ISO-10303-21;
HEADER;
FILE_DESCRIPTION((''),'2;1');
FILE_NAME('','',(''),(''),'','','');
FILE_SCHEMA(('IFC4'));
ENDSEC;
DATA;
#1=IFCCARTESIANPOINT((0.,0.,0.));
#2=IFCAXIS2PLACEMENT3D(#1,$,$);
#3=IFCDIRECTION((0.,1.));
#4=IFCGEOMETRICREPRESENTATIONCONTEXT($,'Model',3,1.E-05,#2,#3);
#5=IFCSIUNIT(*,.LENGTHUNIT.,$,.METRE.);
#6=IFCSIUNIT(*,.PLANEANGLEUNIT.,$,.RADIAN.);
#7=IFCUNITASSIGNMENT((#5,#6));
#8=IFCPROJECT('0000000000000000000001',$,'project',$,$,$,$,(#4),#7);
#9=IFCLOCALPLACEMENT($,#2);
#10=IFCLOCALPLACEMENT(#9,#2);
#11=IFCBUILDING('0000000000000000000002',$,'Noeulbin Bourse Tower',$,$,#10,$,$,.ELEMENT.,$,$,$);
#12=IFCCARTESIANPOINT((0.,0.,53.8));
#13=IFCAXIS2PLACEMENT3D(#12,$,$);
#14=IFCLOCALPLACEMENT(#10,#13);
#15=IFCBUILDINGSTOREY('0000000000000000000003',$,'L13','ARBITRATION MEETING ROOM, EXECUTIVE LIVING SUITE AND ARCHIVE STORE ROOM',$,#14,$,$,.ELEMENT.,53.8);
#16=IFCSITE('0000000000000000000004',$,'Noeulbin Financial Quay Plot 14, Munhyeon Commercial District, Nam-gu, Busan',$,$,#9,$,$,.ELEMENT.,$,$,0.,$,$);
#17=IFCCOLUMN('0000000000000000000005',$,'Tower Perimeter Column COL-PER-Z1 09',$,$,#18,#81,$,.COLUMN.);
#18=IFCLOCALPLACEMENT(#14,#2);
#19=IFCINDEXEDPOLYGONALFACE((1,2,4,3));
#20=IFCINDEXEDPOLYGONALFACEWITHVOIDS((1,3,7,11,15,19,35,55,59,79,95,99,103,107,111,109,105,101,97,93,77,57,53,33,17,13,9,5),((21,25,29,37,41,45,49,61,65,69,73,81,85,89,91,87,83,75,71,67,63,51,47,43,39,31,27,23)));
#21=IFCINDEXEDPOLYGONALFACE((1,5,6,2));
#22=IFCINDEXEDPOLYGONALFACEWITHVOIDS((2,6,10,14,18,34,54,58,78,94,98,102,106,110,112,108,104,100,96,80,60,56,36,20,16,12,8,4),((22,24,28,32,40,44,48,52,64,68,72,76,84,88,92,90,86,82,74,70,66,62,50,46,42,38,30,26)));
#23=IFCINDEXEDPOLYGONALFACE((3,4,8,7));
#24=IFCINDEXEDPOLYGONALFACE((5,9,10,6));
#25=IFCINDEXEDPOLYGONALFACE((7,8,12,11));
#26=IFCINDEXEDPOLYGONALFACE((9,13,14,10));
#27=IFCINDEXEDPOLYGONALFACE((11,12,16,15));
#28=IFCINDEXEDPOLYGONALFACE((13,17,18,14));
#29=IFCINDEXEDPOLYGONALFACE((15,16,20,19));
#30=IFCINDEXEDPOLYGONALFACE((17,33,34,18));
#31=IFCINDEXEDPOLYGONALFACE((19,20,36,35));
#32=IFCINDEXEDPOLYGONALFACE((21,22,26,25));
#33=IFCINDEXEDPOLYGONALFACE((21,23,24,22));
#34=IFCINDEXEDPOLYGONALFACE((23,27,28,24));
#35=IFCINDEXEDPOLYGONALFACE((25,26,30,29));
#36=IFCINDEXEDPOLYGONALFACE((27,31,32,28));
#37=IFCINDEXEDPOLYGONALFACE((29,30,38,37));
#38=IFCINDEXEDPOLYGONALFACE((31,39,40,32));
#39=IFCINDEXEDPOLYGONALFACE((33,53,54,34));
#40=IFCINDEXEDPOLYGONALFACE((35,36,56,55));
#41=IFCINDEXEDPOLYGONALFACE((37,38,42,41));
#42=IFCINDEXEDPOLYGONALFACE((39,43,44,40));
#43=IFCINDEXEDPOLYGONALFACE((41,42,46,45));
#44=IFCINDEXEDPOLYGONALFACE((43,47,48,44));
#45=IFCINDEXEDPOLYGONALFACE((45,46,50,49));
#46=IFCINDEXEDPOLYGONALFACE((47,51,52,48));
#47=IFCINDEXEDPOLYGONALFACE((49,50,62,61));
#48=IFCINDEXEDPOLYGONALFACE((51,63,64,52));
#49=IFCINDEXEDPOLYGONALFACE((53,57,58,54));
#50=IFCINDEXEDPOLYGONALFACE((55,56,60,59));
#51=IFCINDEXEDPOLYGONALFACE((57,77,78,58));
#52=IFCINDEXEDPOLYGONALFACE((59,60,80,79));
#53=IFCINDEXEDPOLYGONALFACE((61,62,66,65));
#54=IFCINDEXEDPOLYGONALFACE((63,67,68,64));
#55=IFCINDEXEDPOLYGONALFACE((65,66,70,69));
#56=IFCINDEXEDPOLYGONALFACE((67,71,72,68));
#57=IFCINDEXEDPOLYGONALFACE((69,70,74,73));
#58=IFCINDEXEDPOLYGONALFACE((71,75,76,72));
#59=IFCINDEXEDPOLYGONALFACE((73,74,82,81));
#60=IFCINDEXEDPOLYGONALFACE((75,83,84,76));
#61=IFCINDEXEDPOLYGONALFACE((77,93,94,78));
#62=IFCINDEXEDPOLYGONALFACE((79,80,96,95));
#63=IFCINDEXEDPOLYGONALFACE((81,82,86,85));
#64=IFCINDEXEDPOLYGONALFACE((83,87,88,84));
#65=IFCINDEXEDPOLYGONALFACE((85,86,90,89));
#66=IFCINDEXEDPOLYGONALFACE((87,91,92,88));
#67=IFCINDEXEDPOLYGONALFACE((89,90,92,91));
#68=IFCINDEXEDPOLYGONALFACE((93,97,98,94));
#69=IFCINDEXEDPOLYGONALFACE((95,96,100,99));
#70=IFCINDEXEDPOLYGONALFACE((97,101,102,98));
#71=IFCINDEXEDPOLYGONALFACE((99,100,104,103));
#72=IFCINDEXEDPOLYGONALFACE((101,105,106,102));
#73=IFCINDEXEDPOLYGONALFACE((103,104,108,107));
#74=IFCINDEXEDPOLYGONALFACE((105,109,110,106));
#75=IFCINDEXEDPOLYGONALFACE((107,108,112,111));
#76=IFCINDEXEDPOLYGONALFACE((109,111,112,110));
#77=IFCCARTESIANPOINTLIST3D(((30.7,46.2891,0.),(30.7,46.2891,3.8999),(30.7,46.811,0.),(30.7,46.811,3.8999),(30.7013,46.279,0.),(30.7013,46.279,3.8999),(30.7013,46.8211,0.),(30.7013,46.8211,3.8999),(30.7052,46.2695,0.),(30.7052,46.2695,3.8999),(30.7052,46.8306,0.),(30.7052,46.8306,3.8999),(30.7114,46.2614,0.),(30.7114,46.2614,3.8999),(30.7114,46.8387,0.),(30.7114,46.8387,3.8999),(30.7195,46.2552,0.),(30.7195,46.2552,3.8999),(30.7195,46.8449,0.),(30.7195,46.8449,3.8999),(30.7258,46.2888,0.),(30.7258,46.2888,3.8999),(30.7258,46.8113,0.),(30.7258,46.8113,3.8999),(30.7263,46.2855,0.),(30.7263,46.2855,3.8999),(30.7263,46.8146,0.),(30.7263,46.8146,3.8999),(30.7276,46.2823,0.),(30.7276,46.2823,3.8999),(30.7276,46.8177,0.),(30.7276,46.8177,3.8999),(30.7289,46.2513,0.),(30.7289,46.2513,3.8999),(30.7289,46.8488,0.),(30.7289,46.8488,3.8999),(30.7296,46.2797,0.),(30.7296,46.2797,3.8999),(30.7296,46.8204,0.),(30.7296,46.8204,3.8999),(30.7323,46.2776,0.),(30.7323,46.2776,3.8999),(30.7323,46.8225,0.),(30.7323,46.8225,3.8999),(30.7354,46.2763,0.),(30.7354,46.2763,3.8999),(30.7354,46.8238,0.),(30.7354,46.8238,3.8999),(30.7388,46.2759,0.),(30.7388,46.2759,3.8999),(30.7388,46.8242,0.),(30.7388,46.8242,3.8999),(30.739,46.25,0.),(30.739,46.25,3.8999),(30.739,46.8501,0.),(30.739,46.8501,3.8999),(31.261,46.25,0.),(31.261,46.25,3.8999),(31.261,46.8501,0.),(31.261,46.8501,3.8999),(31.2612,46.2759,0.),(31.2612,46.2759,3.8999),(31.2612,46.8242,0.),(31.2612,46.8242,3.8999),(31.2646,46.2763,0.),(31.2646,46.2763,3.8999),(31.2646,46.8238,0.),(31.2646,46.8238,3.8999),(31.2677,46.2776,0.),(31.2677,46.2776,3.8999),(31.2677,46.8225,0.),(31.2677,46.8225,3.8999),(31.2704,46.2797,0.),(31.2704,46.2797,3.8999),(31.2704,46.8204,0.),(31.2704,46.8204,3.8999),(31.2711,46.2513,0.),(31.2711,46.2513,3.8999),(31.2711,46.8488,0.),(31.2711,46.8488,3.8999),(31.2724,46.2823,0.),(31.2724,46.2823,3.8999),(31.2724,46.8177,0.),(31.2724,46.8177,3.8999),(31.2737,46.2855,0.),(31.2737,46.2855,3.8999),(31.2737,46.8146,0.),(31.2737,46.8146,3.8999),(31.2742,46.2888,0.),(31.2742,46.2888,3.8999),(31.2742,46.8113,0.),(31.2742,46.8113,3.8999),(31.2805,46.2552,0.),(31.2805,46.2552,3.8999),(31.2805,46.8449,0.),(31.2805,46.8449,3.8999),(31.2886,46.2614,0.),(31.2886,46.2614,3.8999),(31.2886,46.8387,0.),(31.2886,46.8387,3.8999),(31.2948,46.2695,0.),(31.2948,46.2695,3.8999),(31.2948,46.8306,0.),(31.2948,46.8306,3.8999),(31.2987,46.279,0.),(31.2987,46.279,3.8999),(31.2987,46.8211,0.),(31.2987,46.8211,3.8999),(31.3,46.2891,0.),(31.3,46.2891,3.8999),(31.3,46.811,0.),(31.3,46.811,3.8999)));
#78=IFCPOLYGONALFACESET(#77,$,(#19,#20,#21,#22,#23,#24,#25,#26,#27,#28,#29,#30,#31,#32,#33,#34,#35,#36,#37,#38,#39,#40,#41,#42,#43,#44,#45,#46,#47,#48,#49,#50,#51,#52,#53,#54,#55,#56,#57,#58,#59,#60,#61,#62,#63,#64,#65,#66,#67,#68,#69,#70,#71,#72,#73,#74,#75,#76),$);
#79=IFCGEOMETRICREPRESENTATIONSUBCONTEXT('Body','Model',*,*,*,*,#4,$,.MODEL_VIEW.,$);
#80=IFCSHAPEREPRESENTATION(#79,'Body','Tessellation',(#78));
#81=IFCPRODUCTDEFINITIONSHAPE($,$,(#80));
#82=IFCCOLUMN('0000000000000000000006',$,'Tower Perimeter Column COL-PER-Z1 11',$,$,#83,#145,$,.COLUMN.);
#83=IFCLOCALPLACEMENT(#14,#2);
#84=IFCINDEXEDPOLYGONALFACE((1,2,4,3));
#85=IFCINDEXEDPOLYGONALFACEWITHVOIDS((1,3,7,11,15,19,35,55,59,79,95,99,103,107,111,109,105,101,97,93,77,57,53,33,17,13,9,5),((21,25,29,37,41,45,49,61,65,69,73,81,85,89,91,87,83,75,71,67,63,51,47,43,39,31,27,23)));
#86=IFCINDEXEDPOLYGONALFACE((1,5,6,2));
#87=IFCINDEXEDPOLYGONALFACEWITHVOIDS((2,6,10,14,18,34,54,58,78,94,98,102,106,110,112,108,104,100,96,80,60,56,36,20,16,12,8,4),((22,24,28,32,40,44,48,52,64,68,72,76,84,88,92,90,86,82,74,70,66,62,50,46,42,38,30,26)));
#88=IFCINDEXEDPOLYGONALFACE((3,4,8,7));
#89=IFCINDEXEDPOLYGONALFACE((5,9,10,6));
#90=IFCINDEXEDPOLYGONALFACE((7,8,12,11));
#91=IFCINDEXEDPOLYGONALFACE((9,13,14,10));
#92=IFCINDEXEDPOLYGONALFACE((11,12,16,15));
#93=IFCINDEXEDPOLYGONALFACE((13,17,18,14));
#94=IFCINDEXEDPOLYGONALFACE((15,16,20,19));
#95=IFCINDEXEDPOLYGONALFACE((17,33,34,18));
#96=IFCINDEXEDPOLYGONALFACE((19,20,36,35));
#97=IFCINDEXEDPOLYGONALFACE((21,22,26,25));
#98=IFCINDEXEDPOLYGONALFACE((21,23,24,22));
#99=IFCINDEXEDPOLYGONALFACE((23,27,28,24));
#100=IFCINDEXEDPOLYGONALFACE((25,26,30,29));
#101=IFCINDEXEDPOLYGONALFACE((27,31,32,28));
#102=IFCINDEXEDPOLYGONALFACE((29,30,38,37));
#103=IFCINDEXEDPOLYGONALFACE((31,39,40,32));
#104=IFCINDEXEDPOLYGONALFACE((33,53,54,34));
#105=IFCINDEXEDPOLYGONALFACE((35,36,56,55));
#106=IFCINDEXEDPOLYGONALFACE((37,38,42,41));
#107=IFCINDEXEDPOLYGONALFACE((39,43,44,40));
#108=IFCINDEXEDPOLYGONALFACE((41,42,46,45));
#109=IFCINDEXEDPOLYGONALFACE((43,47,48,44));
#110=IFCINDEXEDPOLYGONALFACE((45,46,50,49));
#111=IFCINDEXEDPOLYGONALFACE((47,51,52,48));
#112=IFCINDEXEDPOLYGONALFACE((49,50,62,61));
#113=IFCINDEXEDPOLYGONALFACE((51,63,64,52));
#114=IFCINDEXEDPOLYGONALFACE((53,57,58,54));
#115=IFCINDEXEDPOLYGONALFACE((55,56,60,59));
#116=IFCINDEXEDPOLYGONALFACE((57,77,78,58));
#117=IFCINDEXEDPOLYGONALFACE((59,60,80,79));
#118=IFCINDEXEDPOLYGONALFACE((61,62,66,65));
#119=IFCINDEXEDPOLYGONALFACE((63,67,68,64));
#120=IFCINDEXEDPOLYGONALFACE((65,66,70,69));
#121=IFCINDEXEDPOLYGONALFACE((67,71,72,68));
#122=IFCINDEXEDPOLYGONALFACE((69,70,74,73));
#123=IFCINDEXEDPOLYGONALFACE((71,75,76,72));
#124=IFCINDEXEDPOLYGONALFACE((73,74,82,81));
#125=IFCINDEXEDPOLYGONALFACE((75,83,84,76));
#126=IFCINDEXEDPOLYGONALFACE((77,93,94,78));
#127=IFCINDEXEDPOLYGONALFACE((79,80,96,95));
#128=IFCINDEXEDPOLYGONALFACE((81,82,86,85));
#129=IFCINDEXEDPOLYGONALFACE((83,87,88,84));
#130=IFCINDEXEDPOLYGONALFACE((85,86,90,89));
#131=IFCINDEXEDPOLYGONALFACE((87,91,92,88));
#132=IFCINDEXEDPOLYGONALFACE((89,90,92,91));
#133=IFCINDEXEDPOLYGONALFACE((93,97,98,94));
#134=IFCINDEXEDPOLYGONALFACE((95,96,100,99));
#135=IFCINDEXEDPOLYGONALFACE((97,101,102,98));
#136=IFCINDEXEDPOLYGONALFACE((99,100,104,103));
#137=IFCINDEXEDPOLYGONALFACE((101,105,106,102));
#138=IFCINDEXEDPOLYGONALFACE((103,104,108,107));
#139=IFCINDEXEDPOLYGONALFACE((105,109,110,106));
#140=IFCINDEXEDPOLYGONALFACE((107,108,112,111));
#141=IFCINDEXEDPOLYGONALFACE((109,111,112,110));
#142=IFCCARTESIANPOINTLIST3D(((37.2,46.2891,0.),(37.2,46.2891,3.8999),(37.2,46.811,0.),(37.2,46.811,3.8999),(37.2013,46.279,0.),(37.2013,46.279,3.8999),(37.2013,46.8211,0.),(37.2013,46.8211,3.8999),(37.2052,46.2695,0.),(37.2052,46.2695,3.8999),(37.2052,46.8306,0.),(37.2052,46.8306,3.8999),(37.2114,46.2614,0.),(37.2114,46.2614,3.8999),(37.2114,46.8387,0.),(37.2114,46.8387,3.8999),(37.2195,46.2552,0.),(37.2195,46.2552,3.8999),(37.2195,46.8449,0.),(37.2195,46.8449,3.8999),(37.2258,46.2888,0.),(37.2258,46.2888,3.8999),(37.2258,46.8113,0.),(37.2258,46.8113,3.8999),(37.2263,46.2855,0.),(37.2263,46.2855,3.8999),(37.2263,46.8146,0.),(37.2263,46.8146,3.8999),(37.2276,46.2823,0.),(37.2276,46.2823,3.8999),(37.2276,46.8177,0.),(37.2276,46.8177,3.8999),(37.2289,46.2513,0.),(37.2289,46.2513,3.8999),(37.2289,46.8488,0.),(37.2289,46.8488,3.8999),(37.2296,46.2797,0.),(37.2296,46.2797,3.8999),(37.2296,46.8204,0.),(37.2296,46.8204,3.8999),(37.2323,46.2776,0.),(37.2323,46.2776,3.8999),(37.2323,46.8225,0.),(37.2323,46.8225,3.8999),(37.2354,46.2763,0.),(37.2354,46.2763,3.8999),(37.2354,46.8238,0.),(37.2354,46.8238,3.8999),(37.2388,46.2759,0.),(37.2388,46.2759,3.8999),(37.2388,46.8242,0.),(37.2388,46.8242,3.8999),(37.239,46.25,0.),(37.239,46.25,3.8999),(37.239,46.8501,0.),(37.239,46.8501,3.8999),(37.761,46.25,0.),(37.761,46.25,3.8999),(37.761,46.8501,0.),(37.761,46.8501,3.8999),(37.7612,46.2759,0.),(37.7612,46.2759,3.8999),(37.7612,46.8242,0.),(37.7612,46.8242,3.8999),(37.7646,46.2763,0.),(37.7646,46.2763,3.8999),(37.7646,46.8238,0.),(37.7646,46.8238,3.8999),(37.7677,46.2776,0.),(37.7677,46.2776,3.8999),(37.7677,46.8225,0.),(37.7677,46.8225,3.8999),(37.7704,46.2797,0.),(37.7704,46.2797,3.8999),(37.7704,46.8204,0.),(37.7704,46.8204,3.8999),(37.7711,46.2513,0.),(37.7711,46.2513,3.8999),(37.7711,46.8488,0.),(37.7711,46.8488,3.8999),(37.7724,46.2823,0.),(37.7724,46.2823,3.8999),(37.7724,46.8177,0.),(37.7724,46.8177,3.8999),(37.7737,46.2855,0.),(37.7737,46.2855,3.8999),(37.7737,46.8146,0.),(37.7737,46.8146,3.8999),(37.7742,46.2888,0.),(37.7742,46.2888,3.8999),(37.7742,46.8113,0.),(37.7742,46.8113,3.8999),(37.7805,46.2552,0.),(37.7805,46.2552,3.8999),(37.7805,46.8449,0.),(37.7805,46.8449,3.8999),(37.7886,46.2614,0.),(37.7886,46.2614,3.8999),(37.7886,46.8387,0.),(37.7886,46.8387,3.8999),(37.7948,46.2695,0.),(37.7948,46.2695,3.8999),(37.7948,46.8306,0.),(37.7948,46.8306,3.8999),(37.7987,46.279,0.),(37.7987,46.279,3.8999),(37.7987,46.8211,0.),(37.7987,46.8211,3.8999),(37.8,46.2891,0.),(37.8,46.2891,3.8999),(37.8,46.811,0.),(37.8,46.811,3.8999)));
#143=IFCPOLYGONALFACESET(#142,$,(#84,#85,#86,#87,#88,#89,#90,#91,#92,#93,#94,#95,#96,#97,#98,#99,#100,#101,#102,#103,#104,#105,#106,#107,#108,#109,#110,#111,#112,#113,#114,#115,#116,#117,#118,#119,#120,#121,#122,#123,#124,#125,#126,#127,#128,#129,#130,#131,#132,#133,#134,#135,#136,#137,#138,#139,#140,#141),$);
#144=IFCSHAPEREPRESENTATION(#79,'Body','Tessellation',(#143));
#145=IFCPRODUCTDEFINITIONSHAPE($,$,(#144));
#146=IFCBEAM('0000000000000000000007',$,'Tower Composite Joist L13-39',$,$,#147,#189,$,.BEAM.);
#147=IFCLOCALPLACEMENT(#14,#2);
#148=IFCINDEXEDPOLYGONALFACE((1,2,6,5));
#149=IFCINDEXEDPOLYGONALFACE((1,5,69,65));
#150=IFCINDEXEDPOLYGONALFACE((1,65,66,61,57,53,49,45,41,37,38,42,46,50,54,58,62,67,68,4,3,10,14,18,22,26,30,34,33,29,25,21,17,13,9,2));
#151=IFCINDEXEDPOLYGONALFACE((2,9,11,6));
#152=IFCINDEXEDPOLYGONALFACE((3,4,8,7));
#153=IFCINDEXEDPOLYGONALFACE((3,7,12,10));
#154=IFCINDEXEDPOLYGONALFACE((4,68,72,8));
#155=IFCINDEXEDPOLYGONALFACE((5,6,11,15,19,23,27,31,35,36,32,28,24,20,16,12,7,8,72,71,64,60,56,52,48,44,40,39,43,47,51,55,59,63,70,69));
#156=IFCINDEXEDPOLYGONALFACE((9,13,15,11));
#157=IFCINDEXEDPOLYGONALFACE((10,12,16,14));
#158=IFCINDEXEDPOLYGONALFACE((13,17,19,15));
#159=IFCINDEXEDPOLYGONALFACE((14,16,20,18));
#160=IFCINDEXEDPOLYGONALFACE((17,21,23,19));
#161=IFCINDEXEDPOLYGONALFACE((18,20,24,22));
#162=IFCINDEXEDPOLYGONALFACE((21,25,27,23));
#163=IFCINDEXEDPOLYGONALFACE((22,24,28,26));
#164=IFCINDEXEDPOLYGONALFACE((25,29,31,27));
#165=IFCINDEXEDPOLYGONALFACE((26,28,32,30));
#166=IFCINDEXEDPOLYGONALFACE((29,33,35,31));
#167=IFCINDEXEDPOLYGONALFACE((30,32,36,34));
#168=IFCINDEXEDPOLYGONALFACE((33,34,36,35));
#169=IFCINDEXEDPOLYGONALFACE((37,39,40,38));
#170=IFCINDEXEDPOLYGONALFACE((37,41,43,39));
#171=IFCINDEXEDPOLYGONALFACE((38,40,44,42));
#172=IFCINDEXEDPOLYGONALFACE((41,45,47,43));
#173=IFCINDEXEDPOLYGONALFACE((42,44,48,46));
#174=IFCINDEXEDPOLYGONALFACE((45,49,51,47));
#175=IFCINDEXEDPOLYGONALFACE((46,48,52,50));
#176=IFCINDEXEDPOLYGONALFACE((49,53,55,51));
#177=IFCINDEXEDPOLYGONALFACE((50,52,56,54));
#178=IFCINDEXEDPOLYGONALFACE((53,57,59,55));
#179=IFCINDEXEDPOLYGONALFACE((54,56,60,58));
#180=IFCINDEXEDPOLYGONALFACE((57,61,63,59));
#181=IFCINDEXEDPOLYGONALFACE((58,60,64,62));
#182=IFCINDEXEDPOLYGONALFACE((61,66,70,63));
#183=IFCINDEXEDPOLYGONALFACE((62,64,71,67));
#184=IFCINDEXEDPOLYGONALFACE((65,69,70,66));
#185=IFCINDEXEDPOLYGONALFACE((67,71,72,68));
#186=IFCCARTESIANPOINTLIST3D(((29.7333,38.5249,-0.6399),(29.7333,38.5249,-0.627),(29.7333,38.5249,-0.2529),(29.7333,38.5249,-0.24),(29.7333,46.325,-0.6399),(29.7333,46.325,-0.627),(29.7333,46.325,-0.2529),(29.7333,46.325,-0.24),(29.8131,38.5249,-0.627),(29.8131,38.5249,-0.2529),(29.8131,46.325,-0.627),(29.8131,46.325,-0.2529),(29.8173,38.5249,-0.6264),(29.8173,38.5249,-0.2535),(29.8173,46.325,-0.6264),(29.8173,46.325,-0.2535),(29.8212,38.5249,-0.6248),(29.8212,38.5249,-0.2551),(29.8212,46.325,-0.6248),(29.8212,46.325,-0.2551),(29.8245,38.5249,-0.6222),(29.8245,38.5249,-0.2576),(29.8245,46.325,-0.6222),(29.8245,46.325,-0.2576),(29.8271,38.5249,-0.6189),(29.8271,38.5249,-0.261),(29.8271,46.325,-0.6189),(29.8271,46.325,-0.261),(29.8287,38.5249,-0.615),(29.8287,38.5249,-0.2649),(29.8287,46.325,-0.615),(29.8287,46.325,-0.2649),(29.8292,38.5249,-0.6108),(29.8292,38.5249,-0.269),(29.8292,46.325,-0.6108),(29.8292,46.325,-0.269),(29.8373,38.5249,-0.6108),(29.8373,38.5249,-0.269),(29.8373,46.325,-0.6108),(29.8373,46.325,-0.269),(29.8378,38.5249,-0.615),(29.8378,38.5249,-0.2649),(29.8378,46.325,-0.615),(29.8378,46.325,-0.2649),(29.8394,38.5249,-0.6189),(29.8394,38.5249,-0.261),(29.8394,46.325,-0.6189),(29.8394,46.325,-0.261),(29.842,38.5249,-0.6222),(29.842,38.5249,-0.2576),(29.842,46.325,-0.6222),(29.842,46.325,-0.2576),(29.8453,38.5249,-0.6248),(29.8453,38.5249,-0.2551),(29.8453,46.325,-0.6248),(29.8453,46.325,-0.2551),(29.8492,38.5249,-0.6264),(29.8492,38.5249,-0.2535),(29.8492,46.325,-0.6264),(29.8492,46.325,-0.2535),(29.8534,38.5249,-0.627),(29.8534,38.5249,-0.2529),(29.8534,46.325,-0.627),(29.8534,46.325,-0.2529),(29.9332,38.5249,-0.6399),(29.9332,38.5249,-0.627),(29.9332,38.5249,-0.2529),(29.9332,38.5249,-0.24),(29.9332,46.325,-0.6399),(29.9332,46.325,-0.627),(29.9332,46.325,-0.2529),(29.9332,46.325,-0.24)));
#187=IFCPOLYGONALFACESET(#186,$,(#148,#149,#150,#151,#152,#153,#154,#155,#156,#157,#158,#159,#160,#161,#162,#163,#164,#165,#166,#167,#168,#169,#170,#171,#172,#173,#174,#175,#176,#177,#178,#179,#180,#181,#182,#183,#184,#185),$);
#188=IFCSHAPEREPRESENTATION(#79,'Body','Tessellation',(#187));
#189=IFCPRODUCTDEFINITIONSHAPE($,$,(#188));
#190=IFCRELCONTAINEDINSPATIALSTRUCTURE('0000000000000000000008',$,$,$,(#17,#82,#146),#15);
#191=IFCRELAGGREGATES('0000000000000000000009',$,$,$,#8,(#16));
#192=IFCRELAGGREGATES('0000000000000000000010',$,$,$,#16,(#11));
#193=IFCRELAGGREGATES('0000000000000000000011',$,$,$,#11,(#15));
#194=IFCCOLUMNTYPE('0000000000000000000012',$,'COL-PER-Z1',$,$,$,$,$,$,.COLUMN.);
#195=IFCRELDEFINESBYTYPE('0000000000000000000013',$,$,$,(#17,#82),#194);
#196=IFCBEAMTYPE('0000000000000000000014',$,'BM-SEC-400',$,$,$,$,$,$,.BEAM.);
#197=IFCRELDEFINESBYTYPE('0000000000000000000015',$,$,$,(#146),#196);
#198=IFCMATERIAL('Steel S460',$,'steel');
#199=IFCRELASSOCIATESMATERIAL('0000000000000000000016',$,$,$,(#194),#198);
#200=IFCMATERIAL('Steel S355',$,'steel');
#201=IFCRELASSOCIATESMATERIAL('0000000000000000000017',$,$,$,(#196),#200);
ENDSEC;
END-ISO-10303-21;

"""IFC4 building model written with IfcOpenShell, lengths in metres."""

from ifc_helpers import new_model, si_unit, direction, frame, origin, origin_2d, place, context, subcontext, project, spatial, hollow_rectangle, i_section, extrude, material, material_profile, profile_set, type_object, element, save


model = new_model("IFC4")

# Units and contexts
model_context = context("Model", 3, precision=1e-05, world=origin(), true_north=direction((0.0, 1.0)))
body_context = subcontext(model_context, "Body", "Model", "MODEL_VIEW")
ifc_project = project(units=[si_unit("LENGTHUNIT", "METRE"), si_unit("PLANEANGLEUNIT", "RADIAN")], contexts=[model_context])

# Site, building, storey
site_placement = place(None, origin())
site = spatial("IfcSite", under=ifc_project, at=site_placement, Name="Noeulbin Financial Quay Plot 14, Munhyeon Commercial District, Nam-gu, Busan", CompositionType="ELEMENT", RefElevation=0.0)
building_placement = place(site_placement, origin())
building = spatial("IfcBuilding", under=site, at=building_placement, Name="Noeulbin Bourse Tower", CompositionType="ELEMENT")
storey_placement = place(building_placement, frame((0.0, 0.0, 53.8)))
storey = spatial("IfcBuildingStorey", under=building, at=storey_placement, Name="L13", Description="ARBITRATION MEETING ROOM, EXECUTIVE LIVING SUITE AND ARCHIVE STORE ROOM", CompositionType="ELEMENT", Elevation=53.8)

# Columns
ifc_material_1 = material(Name="Steel S460", Category="steel")
ifc_material_profile_1 = material_profile(ifc_material_1, hollow_rectangle(XDim=0.6001, YDim=0.6001, WallThickness=0.0259, InnerFilletRadius=0.0129, OuterFilletRadius=0.0391, at=origin_2d()), Name="BOX-600x600x26", Category="LoadBearing")
ifc_profile_set_1 = profile_set([ifc_material_profile_1], Name="Steel S460")
column_type = type_object("IfcColumnType", Name="COL-PER-Z1", PredefinedType="COLUMN", material=ifc_profile_set_1)
for number, where, z_axis, x_axis, name in (
    (1, (31.0, 46.55, 0.0), (0.0, 0.0, 1.0), (1.0, 0.0, 0.0), "Tower Perimeter Column COL-PER-Z1 09"),
    (2, (37.5, 46.55, 0.0), (0.0, 0.0, 1.0), (1.0, 0.0, 0.0), "Tower Perimeter Column COL-PER-Z1 11"),
):
    element("IfcColumn", number, at=place(storey_placement, frame(where, z_axis=z_axis, x_axis=x_axis)), inside=storey, type_object=column_type, Name=name, PredefinedType="COLUMN", context=body_context, shape_type="SweptSolid", body=[
        extrude(hollow_rectangle(XDim=0.6001, YDim=0.6001, WallThickness=0.0259, InnerFilletRadius=0.0129, OuterFilletRadius=0.0391, at=origin_2d()), origin(), (0.0, 0.0, 1.0), 3.8999),
    ])

# Beam
ifc_material_2 = material(Name="Steel S355", Category="steel")
ifc_material_profile_2 = material_profile(ifc_material_2, i_section(OverallWidth=0.2, OverallDepth=0.3999, WebThickness=0.0081, FlangeThickness=0.0129, FilletRadius=0.0161, at=origin_2d()), Name="H-400x200x8x13", Category="LoadBearing")
ifc_profile_set_2 = profile_set([ifc_material_profile_2], Name="Steel S355")
beam_type_1 = type_object("IfcBeamType", Name="BM-SEC-400", PredefinedType="BEAM", material=ifc_profile_set_2)
for number, where, z_axis, x_axis, name in (
    (3, (29.8333, 38.5249, -0.4399), (0.0, 1.0, 0.0), (-1.0, 0.0, 0.0), "Tower Composite Joist L13-39"),
):
    element("IfcBeam", number, at=place(storey_placement, frame(where, z_axis=z_axis, x_axis=x_axis)), inside=storey, type_object=beam_type_1, Name=name, PredefinedType="BEAM", context=body_context, shape_type="SweptSolid", body=[
        extrude(i_section(OverallWidth=0.2, OverallDepth=0.3999, WebThickness=0.0081, FlangeThickness=0.0129, FilletRadius=0.0161, at=origin_2d()), origin(), (0.0, 0.0, 1.0), 7.8),
    ])

save(model, "model.ifc")
